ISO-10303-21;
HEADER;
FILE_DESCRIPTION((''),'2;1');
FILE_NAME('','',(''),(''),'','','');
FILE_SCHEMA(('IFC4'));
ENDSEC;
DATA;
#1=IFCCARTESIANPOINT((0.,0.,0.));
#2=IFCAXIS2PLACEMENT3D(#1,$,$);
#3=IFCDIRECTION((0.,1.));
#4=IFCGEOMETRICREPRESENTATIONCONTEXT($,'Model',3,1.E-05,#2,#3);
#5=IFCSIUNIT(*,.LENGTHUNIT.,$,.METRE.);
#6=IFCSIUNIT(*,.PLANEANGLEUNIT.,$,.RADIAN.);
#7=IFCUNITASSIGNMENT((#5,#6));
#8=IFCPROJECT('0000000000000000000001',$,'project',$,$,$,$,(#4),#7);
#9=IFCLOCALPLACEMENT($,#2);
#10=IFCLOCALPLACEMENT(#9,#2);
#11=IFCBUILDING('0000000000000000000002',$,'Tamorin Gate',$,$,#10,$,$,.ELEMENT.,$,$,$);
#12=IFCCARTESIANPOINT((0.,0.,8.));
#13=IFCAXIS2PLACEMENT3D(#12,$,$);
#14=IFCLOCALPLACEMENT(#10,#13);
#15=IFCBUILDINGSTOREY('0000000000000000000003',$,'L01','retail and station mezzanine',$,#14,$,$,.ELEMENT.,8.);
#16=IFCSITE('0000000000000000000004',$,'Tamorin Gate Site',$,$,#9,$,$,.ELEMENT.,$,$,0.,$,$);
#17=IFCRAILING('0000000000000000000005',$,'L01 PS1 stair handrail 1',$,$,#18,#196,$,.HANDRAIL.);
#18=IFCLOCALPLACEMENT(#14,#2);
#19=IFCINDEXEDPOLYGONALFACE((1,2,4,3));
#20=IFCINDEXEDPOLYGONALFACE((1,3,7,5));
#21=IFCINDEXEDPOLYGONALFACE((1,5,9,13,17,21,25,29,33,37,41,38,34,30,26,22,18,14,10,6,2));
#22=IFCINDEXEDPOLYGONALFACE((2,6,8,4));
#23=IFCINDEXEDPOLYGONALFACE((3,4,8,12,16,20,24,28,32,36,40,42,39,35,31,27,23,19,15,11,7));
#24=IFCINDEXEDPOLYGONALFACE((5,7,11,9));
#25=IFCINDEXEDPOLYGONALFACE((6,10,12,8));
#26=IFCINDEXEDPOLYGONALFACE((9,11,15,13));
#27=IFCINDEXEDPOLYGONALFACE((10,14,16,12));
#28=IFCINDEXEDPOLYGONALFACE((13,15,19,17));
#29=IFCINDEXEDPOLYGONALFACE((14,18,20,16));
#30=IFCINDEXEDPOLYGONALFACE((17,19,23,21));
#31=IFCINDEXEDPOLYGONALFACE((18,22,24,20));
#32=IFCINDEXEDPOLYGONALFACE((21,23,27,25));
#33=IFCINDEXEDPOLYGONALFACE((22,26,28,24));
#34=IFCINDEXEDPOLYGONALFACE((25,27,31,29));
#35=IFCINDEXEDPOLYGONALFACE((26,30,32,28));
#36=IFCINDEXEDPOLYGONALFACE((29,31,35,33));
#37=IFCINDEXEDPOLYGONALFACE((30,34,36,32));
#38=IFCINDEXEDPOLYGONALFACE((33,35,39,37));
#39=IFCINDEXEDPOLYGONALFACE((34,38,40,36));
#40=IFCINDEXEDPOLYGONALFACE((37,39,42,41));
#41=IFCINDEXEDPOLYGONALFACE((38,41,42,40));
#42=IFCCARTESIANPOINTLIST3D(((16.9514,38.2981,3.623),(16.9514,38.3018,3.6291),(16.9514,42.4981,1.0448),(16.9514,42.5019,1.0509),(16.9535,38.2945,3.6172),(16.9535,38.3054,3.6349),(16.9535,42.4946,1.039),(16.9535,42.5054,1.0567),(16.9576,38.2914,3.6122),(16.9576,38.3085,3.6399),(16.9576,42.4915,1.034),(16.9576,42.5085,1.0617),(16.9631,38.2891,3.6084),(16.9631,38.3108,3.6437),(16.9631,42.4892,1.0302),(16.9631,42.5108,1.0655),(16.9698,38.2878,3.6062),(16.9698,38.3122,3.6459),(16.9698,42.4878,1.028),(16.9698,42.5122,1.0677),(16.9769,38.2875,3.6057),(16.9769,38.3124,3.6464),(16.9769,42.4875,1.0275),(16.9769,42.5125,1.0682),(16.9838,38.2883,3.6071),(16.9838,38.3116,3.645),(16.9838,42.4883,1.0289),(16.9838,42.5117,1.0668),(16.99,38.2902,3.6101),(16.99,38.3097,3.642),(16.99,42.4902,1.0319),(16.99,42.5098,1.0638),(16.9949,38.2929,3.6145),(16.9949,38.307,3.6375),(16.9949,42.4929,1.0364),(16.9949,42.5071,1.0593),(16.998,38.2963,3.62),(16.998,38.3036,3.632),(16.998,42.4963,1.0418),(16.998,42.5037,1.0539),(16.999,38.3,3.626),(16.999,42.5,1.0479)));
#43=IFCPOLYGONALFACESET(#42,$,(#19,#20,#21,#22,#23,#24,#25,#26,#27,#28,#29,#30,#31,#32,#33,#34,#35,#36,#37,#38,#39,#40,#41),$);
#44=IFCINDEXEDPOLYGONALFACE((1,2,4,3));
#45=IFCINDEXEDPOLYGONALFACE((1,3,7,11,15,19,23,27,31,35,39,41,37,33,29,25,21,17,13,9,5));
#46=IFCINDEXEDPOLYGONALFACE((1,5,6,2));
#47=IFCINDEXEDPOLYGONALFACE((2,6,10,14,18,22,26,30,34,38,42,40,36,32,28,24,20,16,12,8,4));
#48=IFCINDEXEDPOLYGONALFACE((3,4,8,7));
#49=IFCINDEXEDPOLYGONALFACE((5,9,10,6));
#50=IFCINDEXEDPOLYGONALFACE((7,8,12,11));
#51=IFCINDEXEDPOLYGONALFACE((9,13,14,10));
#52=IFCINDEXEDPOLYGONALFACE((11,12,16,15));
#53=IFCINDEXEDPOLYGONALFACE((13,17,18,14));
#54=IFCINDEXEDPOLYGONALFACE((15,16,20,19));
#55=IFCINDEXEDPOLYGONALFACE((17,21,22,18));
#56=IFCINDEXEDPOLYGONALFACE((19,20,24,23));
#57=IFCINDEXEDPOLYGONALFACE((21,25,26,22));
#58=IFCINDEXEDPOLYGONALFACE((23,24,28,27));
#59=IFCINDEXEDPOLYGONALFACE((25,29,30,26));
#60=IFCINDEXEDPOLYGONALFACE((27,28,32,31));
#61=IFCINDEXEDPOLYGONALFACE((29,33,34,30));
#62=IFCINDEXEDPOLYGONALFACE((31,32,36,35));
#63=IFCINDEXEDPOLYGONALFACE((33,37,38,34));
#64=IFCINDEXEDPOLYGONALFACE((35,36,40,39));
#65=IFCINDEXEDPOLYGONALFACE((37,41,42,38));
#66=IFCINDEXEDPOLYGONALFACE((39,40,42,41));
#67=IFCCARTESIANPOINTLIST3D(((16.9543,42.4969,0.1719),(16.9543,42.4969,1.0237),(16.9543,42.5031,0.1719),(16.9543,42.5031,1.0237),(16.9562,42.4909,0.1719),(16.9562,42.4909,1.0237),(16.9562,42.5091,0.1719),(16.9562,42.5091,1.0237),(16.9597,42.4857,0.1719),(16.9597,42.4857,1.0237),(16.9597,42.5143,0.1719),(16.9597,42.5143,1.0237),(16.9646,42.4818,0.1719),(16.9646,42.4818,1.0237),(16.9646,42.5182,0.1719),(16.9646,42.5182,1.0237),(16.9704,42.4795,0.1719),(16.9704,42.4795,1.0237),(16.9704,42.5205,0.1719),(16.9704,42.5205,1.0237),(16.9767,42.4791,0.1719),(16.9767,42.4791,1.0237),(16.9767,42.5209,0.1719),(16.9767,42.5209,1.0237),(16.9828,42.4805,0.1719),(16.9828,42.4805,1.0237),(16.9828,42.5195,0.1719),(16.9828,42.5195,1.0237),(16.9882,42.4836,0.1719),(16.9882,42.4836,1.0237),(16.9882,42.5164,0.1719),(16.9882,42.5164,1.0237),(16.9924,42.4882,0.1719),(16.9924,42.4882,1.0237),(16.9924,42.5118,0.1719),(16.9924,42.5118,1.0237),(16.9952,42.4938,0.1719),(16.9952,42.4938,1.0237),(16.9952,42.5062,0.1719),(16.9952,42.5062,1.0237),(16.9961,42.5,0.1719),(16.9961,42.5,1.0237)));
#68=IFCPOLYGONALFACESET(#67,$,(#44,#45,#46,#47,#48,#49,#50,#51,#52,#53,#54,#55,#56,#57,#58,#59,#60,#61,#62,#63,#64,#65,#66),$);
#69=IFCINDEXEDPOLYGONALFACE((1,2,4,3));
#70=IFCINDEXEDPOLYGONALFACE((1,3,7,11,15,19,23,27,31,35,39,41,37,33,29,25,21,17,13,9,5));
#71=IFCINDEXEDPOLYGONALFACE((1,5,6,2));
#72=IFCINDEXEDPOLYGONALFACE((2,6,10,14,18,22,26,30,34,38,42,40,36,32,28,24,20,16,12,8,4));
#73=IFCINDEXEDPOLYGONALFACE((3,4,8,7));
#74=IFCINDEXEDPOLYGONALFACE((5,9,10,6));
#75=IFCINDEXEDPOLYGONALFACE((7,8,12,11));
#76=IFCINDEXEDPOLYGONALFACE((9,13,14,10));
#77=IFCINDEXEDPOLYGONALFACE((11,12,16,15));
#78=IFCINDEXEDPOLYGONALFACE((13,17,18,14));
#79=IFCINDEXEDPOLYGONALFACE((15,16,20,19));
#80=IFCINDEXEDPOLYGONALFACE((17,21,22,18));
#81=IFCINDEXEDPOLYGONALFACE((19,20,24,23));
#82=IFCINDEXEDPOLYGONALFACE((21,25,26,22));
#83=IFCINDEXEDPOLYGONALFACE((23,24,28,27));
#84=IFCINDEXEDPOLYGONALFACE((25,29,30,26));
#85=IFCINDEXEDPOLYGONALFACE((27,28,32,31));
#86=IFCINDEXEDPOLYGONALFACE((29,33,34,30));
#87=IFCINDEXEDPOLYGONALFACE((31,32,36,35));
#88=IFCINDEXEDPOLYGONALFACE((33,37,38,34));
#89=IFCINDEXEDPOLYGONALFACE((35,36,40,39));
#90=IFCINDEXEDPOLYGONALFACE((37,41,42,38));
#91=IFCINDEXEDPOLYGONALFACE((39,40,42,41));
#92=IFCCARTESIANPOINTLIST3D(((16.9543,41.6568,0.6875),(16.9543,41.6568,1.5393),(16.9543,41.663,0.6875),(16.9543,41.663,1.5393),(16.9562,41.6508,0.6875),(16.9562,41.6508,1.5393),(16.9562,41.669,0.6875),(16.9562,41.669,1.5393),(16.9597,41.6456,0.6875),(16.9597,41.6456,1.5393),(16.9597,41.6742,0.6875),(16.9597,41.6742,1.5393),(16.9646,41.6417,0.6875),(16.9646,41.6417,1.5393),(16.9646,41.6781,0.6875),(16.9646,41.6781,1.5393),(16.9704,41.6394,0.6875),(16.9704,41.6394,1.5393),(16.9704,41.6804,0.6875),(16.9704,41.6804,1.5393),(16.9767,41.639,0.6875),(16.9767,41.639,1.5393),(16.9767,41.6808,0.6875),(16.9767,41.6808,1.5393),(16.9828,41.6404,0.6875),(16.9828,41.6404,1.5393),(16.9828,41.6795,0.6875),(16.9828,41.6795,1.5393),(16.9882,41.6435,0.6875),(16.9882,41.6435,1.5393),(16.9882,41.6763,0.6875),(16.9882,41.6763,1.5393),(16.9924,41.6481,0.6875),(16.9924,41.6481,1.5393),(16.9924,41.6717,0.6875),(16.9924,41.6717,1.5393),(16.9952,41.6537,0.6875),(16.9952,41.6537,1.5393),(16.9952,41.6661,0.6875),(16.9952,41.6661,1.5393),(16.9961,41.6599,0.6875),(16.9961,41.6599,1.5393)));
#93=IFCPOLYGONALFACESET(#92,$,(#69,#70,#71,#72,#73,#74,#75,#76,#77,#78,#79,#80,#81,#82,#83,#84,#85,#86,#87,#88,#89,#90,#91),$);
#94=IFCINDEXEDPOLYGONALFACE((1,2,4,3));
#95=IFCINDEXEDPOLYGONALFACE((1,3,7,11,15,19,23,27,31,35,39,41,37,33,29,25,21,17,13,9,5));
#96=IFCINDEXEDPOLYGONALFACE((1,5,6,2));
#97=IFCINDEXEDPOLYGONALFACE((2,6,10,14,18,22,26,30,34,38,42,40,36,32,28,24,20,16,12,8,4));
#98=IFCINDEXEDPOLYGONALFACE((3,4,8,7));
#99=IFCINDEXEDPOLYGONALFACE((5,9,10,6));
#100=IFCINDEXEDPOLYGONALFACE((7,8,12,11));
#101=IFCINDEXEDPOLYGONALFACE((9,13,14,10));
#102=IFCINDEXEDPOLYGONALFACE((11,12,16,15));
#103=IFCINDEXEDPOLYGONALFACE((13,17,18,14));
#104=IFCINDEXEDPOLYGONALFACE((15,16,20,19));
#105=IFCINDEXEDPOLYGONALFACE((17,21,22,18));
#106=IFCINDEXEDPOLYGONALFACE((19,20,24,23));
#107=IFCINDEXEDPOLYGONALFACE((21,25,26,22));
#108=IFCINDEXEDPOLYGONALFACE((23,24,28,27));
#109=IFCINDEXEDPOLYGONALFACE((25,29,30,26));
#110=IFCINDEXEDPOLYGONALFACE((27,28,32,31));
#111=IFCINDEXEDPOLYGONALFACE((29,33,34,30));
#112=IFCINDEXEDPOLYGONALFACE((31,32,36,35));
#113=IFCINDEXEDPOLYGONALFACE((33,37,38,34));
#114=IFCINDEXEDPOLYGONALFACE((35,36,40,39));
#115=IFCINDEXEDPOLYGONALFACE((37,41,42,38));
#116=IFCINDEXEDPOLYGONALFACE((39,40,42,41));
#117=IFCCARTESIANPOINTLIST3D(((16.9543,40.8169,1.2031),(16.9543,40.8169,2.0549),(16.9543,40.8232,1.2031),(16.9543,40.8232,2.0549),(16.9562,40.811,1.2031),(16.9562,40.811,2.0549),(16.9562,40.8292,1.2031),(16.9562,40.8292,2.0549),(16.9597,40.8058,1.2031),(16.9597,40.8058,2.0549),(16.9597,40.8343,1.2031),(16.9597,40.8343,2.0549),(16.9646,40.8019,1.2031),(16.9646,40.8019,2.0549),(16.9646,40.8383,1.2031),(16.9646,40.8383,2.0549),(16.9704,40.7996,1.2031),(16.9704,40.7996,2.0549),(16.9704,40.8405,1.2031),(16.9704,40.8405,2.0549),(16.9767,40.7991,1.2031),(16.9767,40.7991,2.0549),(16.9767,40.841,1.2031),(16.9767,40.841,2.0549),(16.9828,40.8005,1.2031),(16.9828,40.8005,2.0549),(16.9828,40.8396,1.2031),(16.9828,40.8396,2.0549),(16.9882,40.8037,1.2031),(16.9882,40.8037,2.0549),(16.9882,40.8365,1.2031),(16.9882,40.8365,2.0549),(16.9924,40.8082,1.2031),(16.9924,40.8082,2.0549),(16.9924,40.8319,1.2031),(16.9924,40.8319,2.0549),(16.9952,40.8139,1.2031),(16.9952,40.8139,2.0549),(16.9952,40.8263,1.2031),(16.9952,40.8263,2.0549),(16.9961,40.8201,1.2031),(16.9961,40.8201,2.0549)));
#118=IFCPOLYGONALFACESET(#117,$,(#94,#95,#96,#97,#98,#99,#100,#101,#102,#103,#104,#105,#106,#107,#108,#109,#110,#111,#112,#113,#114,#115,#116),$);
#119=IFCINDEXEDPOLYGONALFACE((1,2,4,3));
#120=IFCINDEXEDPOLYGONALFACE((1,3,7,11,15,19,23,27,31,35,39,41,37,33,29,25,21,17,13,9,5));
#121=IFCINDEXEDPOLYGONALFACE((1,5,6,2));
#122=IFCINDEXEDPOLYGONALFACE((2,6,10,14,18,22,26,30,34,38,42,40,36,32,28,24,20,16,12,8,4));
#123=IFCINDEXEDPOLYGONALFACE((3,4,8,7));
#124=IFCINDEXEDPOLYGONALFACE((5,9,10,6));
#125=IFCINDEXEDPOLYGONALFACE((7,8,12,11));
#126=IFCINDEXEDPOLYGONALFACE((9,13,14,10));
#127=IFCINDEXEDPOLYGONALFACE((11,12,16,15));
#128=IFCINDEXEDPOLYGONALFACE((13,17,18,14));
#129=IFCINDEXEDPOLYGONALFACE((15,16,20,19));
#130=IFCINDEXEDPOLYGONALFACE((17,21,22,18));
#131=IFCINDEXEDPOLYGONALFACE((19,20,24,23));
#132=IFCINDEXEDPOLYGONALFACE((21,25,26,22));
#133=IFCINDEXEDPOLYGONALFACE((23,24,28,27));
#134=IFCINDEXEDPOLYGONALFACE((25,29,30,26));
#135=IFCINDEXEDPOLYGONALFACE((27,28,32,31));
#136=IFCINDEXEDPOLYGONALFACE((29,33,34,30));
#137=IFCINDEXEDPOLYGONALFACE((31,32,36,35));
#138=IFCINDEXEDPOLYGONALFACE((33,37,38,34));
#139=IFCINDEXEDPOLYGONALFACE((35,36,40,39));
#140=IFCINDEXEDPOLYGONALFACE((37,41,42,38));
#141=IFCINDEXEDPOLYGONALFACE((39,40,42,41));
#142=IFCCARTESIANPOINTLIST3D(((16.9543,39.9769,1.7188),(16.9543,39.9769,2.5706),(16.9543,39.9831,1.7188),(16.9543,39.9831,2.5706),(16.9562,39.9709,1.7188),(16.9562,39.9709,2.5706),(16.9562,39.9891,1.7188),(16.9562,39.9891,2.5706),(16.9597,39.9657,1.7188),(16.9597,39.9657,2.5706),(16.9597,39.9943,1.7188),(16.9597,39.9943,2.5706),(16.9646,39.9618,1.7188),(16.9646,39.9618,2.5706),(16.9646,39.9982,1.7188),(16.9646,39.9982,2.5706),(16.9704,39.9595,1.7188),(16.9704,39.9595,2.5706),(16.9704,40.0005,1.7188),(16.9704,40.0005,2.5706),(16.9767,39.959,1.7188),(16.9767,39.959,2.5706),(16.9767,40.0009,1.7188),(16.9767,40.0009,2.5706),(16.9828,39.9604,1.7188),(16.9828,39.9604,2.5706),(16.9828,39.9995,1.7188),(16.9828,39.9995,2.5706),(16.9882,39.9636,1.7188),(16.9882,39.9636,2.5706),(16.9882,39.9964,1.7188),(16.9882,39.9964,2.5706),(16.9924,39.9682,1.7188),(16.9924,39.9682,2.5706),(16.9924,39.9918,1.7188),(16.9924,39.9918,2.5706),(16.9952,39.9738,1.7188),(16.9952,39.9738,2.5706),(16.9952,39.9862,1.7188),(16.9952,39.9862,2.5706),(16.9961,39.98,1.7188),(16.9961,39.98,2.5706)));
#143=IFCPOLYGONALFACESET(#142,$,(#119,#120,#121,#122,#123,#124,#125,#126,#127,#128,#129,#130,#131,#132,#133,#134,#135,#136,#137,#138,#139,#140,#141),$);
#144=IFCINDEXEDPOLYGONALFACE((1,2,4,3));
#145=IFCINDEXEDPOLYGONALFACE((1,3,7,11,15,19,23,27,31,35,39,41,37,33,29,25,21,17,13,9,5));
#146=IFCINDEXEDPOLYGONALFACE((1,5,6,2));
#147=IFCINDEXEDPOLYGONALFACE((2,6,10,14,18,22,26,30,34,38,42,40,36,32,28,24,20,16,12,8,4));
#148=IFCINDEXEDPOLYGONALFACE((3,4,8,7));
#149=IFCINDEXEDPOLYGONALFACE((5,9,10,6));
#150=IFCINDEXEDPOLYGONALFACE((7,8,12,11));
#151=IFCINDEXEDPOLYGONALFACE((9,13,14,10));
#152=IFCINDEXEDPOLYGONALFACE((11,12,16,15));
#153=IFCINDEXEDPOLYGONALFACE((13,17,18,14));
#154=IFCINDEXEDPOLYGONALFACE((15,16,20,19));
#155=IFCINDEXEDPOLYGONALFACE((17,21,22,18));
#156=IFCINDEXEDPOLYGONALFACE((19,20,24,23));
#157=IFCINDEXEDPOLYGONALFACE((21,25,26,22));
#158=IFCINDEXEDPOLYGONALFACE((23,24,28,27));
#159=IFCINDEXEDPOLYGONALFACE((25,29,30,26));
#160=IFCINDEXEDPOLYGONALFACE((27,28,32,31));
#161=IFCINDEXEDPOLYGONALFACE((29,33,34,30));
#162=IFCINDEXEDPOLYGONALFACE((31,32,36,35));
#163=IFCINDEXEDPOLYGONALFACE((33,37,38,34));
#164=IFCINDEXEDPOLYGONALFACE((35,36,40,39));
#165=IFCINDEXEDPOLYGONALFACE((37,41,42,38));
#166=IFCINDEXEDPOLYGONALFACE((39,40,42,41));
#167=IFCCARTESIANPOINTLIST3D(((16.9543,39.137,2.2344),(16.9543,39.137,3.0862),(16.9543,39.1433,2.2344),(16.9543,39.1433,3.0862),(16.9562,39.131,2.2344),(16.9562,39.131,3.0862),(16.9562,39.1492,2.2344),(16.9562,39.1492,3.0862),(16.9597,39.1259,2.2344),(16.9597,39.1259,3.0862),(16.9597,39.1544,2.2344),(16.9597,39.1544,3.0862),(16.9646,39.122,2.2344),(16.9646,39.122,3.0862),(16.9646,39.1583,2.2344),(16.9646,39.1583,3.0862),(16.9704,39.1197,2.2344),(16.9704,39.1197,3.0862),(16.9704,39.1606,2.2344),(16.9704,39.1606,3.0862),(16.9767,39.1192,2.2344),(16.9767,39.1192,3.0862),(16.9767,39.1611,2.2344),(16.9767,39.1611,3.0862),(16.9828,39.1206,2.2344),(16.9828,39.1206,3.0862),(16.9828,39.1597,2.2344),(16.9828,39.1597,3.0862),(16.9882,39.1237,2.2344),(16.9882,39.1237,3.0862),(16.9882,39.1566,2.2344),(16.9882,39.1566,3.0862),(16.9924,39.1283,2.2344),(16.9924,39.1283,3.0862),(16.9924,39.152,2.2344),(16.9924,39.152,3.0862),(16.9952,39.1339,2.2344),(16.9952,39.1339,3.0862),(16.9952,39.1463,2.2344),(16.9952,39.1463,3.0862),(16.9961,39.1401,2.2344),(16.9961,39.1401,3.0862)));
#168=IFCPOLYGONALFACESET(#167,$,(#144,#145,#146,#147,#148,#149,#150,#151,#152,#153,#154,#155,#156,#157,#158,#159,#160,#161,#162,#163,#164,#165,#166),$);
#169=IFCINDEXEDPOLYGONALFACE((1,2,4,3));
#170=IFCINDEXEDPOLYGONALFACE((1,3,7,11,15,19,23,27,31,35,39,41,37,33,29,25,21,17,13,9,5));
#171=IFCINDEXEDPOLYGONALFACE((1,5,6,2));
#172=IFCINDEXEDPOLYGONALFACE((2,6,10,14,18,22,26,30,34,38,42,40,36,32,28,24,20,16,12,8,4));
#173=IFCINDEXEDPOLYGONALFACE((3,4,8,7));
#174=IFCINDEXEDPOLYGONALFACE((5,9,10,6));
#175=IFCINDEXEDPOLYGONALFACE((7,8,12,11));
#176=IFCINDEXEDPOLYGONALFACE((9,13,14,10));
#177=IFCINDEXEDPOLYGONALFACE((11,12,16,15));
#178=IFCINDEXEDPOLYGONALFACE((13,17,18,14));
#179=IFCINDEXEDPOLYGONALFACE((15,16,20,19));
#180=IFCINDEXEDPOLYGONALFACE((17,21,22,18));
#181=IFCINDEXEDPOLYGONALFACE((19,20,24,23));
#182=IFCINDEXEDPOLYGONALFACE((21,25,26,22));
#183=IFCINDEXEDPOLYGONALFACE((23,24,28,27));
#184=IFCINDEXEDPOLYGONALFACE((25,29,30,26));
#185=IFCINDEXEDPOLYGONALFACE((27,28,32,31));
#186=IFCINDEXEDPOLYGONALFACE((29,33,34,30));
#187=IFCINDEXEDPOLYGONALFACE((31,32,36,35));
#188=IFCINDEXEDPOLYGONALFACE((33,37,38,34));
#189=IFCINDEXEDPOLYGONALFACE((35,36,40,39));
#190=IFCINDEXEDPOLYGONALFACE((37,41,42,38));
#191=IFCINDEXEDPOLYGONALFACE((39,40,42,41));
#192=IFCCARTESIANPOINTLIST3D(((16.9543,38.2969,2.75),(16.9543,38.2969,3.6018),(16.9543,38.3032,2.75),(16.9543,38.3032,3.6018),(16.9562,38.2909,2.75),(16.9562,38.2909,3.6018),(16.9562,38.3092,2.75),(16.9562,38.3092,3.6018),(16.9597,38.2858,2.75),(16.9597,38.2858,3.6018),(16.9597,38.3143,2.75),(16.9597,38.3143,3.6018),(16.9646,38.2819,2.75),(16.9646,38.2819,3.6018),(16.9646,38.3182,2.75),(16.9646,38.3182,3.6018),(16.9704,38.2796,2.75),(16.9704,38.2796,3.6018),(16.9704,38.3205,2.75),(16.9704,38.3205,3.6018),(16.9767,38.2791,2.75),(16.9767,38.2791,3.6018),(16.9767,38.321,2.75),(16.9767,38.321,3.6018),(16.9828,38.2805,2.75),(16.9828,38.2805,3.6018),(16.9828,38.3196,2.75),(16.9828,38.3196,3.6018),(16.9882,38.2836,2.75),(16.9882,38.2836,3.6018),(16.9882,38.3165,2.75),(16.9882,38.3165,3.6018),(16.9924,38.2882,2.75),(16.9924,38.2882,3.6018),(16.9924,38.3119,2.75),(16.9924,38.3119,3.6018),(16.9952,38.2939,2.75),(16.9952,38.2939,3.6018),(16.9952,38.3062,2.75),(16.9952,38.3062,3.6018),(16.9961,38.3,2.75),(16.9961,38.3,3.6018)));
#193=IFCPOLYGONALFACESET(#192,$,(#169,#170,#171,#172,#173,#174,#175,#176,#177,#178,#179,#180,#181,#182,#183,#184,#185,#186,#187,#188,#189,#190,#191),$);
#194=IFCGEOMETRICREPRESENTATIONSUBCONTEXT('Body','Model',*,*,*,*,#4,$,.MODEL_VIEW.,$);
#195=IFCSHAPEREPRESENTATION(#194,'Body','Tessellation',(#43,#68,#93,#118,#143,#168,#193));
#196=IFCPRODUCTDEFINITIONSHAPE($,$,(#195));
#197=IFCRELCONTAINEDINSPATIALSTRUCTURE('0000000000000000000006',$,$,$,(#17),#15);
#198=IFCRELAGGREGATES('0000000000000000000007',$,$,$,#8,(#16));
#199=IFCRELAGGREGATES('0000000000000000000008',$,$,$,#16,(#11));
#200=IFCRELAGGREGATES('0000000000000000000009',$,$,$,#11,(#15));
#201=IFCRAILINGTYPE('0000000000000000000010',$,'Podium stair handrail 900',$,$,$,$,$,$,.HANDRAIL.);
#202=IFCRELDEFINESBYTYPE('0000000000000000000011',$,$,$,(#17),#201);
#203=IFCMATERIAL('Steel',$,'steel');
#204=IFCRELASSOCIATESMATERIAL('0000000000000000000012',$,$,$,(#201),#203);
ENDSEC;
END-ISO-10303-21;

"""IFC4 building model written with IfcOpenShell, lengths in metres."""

from ifc_helpers import new_model, si_unit, direction, frame, origin, origin_2d, place, context, subcontext, project, spatial, circle, extrude, material, type_object, element, save


model = new_model("IFC4")

# Units and contexts
model_context = context("Model", 3, precision=1e-05, world=origin(), true_north=direction((0.0, 1.0)))
body_context = subcontext(model_context, "Body", "Model", "MODEL_VIEW")
ifc_project = project(units=[si_unit("LENGTHUNIT", "METRE"), si_unit("PLANEANGLEUNIT", "RADIAN")], contexts=[model_context])

# Site, building, storey
site_placement = place(None, origin())
site = spatial("IfcSite", under=ifc_project, at=site_placement, Name="Tamorin Gate Site", CompositionType="ELEMENT", RefElevation=0.0)
building_placement = place(site_placement, origin())
building = spatial("IfcBuilding", under=site, at=building_placement, Name="Tamorin Gate", CompositionType="ELEMENT")
storey_placement = place(building_placement, frame((0.0, 0.0, 8.0)))
storey = spatial("IfcBuildingStorey", under=building, at=storey_placement, Name="L01", Description="retail and station mezzanine", CompositionType="ELEMENT", Elevation=8.0)

# Railing
ifc_material_1 = material(Name="Steel", Category="steel")
railing_type_1 = type_object("IfcRailingType", Name="Podium stair handrail 900", PredefinedType="HANDRAIL", material=ifc_material_1)
railing_1_placement = place(storey_placement, frame((16.9751, 42.5, 0.1719)))
element("IfcRailing", 1, at=railing_1_placement, inside=storey, type_object=railing_type_1, Name="L01 PS1 stair handrail 1", PredefinedType="HANDRAIL", context=body_context, shape_type="SweptSolid", body=[
    extrude(circle(Radius=0.0239, at=origin_2d()), frame((0.0, 0.0, 0.876), z_axis=(0.0, -0.852243, 0.523146), x_axis=(1.0, 0.0, 0.0)), (0.0, 0.0, 1.0), 4.9282),
    extrude(circle(Radius=0.021, at=origin_2d()), origin(), (0.0, 0.0, 1.0), 0.8518),
    extrude(circle(Radius=0.021, at=origin_2d()), frame((0.0, -0.8401, 0.5156)), (0.0, 0.0, 1.0), 0.8518),
    extrude(circle(Radius=0.021, at=origin_2d()), frame((0.0, -1.6799, 1.0312)), (0.0, 0.0, 1.0), 0.8518),
    extrude(circle(Radius=0.021, at=origin_2d()), frame((0.0, -2.52, 1.5469)), (0.0, 0.0, 1.0), 0.8518),
    extrude(circle(Radius=0.021, at=origin_2d()), frame((0.0, -3.3599, 2.0625)), (0.0, 0.0, 1.0), 0.8518),
    extrude(circle(Radius=0.021, at=origin_2d()), frame((0.0, -4.2, 2.5781)), (0.0, 0.0, 1.0), 0.8518),
])

save(model, "model.ifc")
